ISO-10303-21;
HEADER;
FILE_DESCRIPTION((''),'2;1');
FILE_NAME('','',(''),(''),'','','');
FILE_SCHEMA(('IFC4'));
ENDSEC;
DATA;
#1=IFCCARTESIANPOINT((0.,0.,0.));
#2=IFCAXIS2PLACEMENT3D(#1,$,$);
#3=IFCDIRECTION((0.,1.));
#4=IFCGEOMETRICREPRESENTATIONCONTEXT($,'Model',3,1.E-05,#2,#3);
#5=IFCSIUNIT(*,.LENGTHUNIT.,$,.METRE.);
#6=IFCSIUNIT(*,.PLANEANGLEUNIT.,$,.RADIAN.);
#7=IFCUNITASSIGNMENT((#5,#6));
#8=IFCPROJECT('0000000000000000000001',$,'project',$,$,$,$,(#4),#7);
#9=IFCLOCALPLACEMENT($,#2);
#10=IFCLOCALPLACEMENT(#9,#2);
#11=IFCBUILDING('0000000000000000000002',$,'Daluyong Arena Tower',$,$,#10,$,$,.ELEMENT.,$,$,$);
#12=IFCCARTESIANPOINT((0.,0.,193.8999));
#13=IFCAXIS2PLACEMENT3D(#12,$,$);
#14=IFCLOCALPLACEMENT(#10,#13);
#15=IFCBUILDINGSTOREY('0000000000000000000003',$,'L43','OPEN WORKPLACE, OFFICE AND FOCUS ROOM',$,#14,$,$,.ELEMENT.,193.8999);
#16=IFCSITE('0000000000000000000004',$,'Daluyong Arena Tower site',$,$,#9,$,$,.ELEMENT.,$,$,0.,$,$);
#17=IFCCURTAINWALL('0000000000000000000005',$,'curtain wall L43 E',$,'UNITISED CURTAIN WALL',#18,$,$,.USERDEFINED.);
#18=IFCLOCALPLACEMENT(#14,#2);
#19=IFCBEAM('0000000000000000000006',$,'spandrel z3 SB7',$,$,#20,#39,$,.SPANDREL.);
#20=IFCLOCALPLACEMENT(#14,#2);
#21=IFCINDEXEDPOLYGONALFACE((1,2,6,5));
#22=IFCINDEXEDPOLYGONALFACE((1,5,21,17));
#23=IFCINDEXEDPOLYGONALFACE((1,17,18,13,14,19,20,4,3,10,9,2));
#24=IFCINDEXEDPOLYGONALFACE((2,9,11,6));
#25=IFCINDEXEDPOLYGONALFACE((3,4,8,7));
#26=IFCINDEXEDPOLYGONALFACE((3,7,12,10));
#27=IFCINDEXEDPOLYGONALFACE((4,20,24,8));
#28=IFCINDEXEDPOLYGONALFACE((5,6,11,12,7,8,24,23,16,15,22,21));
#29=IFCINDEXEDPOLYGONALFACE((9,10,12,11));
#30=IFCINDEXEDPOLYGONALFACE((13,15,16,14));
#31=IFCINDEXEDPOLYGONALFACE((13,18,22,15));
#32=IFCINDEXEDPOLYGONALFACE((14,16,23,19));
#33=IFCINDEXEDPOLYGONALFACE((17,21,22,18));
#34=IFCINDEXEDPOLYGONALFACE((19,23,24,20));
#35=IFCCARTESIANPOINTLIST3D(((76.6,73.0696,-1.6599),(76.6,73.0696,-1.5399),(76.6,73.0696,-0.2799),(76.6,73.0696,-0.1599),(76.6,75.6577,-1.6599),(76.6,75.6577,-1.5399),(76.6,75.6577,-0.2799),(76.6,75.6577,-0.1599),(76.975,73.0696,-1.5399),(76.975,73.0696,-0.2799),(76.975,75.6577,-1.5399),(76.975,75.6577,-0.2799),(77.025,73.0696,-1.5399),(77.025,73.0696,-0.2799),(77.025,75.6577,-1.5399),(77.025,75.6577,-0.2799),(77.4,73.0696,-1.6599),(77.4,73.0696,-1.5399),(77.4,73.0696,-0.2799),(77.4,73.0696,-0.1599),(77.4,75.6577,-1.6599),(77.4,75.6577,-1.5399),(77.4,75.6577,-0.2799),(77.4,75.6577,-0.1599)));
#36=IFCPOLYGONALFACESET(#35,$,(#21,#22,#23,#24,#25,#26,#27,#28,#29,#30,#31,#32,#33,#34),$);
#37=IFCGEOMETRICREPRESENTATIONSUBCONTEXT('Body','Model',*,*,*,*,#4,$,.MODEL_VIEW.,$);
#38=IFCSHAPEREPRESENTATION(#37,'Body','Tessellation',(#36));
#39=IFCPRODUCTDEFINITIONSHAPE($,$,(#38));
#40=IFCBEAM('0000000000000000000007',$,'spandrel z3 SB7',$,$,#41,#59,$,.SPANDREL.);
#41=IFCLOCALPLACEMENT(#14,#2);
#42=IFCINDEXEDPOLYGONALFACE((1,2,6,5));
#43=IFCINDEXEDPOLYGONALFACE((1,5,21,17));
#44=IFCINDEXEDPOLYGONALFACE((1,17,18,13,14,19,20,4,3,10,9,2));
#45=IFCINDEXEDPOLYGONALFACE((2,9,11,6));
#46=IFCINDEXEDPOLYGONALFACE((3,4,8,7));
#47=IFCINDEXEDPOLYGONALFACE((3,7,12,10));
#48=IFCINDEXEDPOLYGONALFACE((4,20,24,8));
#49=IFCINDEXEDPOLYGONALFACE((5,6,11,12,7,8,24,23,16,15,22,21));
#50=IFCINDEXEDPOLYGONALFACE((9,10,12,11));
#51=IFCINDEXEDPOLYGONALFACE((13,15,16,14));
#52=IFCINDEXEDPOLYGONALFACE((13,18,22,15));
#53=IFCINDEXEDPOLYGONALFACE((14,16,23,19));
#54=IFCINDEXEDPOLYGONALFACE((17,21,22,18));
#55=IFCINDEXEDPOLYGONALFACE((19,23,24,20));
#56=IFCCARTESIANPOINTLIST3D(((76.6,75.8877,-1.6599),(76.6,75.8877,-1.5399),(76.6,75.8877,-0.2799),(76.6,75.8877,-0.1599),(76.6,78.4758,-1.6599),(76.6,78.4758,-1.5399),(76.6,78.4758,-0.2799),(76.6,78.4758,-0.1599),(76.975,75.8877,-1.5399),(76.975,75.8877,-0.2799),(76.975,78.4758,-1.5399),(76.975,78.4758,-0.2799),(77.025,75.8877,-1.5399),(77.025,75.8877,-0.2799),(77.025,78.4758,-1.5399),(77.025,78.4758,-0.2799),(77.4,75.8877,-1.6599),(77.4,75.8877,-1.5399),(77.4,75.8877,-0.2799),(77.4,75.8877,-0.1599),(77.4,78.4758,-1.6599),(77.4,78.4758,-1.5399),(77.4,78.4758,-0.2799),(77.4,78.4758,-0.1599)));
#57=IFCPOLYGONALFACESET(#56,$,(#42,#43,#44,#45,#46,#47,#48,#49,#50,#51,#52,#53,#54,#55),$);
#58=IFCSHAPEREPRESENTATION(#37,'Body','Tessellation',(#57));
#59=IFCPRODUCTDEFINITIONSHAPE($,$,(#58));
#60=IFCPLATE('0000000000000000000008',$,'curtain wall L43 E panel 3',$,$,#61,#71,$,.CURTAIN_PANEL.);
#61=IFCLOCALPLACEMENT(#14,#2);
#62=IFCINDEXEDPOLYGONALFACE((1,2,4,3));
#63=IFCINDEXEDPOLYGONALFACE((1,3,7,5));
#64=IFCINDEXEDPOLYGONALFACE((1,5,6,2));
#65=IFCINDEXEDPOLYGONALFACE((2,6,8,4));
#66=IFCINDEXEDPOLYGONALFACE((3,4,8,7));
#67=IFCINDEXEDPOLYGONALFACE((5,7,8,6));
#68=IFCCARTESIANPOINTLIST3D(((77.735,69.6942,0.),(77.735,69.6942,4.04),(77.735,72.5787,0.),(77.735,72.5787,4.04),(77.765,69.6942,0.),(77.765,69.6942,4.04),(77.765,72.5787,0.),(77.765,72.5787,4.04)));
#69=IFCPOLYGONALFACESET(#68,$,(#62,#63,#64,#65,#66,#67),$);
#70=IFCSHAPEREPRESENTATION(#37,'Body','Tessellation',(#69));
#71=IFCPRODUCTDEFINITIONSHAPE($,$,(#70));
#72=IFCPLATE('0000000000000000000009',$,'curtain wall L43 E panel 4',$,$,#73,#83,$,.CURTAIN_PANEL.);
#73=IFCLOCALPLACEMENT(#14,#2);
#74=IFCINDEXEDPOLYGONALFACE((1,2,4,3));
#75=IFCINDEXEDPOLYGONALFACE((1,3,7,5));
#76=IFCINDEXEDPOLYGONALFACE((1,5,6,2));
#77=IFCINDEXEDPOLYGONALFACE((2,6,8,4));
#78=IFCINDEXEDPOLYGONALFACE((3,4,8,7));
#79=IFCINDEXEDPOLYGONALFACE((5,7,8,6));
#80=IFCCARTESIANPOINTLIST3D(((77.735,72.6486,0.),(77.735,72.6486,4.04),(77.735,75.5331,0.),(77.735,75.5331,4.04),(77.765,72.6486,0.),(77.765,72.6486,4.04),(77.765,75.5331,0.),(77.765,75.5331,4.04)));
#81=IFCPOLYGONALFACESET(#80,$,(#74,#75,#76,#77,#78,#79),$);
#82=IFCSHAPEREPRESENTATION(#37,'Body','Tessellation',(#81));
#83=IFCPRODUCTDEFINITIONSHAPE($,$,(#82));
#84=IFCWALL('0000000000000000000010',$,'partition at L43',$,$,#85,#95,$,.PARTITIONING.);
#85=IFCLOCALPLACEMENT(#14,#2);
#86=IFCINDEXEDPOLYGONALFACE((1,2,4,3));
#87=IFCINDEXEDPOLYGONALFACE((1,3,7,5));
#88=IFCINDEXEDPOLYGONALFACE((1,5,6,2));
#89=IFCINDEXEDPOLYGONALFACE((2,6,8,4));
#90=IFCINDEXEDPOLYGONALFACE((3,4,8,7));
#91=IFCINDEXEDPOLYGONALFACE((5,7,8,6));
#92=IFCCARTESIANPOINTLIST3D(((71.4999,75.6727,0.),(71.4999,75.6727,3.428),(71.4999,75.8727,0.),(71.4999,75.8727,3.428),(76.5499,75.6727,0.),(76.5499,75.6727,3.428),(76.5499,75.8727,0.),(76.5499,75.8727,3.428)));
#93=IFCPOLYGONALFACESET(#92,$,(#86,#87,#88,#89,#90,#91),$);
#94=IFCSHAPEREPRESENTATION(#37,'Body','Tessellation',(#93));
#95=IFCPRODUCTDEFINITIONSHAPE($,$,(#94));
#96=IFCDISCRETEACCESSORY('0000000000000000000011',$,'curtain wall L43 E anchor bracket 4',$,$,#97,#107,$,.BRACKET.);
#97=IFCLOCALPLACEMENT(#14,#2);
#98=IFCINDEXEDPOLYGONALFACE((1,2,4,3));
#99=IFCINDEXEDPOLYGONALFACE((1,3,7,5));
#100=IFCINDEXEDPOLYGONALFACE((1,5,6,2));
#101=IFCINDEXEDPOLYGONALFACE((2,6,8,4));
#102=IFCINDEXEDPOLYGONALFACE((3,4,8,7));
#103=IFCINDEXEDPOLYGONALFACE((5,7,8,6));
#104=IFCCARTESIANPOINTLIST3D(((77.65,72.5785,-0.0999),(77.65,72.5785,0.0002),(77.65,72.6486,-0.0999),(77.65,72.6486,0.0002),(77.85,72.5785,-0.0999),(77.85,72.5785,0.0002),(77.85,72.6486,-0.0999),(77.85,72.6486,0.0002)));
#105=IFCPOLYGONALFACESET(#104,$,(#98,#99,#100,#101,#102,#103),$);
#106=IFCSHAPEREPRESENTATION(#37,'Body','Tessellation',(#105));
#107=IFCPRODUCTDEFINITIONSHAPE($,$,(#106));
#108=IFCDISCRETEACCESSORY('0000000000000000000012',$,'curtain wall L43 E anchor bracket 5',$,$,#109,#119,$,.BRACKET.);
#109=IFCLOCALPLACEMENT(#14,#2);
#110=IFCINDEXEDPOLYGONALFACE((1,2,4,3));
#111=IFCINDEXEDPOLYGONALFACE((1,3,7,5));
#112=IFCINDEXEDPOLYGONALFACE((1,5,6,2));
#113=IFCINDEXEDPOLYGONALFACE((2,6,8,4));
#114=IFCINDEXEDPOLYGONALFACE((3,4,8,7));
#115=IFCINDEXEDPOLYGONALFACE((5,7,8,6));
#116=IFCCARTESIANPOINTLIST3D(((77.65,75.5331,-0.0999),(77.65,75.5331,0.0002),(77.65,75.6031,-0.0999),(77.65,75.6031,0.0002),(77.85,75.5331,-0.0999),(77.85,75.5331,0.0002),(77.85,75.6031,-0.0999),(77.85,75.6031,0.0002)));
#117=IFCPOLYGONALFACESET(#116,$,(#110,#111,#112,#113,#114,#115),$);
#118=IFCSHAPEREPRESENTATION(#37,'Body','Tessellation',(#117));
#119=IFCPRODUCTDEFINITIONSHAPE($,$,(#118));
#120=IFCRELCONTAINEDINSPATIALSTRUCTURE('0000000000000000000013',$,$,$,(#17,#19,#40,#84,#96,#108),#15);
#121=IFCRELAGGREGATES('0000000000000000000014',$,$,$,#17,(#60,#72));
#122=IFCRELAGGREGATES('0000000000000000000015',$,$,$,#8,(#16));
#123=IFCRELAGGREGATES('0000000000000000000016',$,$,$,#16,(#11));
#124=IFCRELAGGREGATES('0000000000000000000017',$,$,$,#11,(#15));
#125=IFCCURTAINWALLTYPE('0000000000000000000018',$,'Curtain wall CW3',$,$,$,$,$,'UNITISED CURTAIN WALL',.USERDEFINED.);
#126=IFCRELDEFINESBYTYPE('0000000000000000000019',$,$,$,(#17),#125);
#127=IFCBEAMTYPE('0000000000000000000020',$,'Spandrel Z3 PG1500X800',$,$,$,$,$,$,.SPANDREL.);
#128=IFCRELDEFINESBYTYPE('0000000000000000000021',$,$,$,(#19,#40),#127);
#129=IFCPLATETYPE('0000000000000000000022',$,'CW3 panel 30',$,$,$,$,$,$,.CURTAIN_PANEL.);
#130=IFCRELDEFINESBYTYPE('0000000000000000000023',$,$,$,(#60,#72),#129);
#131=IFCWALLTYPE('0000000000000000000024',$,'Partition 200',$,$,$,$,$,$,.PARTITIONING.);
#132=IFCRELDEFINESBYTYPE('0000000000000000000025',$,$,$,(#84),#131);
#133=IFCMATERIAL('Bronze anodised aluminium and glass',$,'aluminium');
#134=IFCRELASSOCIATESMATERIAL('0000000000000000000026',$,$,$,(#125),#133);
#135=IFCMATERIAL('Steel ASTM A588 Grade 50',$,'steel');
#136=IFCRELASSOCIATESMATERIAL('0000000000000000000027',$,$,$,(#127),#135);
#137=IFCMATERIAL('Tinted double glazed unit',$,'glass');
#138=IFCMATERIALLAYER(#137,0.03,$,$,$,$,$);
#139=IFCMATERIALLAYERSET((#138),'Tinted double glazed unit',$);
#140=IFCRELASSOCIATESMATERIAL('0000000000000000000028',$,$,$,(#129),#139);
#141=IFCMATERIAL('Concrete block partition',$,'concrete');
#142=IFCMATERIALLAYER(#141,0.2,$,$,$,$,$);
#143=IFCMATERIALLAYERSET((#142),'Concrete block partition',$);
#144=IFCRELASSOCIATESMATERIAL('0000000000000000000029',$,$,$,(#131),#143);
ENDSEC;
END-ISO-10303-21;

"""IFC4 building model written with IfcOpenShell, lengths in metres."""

from ifc_helpers import new_model, si_unit, direction, frame, frame_2d, origin, origin_2d, place, context, subcontext, project, spatial, rectangle, i_section, extrude, material, layer, layer_set, material_profile, profile_set, type_object, element, aggregate, save


model = new_model("IFC4")

# Units and contexts
model_context = context("Model", 3, precision=1e-05, world=origin(), true_north=direction((0.0, 1.0)))
body_context = subcontext(model_context, "Body", "Model", "MODEL_VIEW")
ifc_project = project(units=[si_unit("LENGTHUNIT", "METRE"), si_unit("PLANEANGLEUNIT", "RADIAN")], contexts=[model_context])

# Site, building, storey
site_placement = place(None, origin())
site = spatial("IfcSite", under=ifc_project, at=site_placement, Name="Daluyong Arena Tower site", CompositionType="ELEMENT", RefElevation=0.0)
building_placement = place(site_placement, origin())
building = spatial("IfcBuilding", under=site, at=building_placement, Name="Daluyong Arena Tower", CompositionType="ELEMENT")
storey_placement = place(building_placement, frame((0.0, 0.0, 193.8999)))
storey = spatial("IfcBuildingStorey", under=building, at=storey_placement, Name="L43", Description="OPEN WORKPLACE, OFFICE AND FOCUS ROOM", CompositionType="ELEMENT", Elevation=193.8999)

# Curtain wall
ifc_material_1 = material(Name="Bronze anodised aluminium and glass", Category="aluminium")
curtain_wall_type = type_object("IfcCurtainWallType", Name="Curtain wall CW3", ElementType="UNITISED CURTAIN WALL", PredefinedType="USERDEFINED", material=ifc_material_1)
curtain_wall_placement = place(storey_placement, origin())
curtain_wall = element("IfcCurtainWall", 1, at=curtain_wall_placement, inside=storey, type_object=curtain_wall_type, Name="curtain wall L43 E", ObjectType="UNITISED CURTAIN WALL", PredefinedType="USERDEFINED")

# Beams
ifc_material_2 = material(Name="Steel ASTM A588 Grade 50", Category="steel")
ifc_material_profile_1 = material_profile(ifc_material_2, i_section(OverallWidth=0.8, OverallDepth=1.5, WebThickness=0.05, FlangeThickness=0.12, at=origin_2d()))
ifc_profile_set_1 = profile_set([ifc_material_profile_1], Name="Steel ASTM A588 Grade 50")
beam_type_1 = type_object("IfcBeamType", Name="Spandrel Z3 PG1500X800", PredefinedType="SPANDREL", material=ifc_profile_set_1)
for number, where, z_axis, x_axis, name in (
    (2, (77.0, 73.0696, -0.9099), (0.0, 1.0, 0.0), (-1.0, 0.0, 0.0), "spandrel z3 SB7"),
    (3, (77.0, 75.8877, -0.9099), (0.0, 1.0, 0.0), (-1.0, 0.0, 0.0), "spandrel z3 SB7"),
):
    element("IfcBeam", number, at=place(storey_placement, frame(where, z_axis=z_axis, x_axis=x_axis)), inside=storey, type_object=beam_type_1, Name=name, PredefinedType="SPANDREL", context=body_context, shape_type="SweptSolid", body=[
        extrude(i_section(OverallWidth=0.8, OverallDepth=1.5, WebThickness=0.05, FlangeThickness=0.12, at=origin_2d()), origin(), (0.0, 0.0, 1.0), 2.5881),
    ])

# Plates
ifc_material_3 = material(Name="Tinted double glazed unit", Category="glass")
ifc_layer_1 = layer(ifc_material_3, 0.03)
ifc_layer_set_1 = layer_set([ifc_layer_1], Name="Tinted double glazed unit")
plate_type = type_object("IfcPlateType", Name="CW3 panel 30", PredefinedType="CURTAIN_PANEL", material=ifc_layer_set_1)
plate_1_placement = place(storey_placement, frame((77.75, 71.1365, 0.0), z_axis=(0.0, 0.0, 1.0), x_axis=(0.0, 1.0, 0.0)))
plate_1 = element("IfcPlate", 4, at=plate_1_placement, type_object=plate_type, Name="curtain wall L43 E panel 3", PredefinedType="CURTAIN_PANEL", context=body_context, shape_type="SweptSolid", body=[
    extrude(rectangle(XDim=2.8845, YDim=0.03, at=origin_2d()), origin(), (0.0, 0.0, 1.0), 4.04),
])
plate_2_placement = place(storey_placement, frame((77.75, 74.0908, 0.0), z_axis=(0.0, 0.0, 1.0), x_axis=(0.0, 1.0, 0.0)))
plate_2 = element("IfcPlate", 5, at=plate_2_placement, type_object=plate_type, Name="curtain wall L43 E panel 4", PredefinedType="CURTAIN_PANEL", context=body_context, shape_type="SweptSolid", body=[
    extrude(rectangle(XDim=2.8845, YDim=0.03, at=origin_2d()), origin(), (0.0, 0.0, 1.0), 4.04),
])
aggregate(curtain_wall, [plate_1, plate_2])

# Wall
ifc_material_4 = material(Name="Concrete block partition", Category="concrete")
ifc_layer_2 = layer(ifc_material_4, 0.2)
ifc_layer_set_2 = layer_set([ifc_layer_2], Name="Concrete block partition")
wall_type = type_object("IfcWallType", Name="Partition 200", PredefinedType="PARTITIONING", material=ifc_layer_set_2)
wall_placement = place(storey_placement, frame((71.5, 75.7727, 0.0), z_axis=(0.0, 0.0, 1.0), x_axis=(1.0, 0.0, 0.0)))
element("IfcWall", 6, at=wall_placement, inside=storey, type_object=wall_type, Name="partition at L43", PredefinedType="PARTITIONING", context=body_context, shape_type="SweptSolid", body=[
    extrude(rectangle(XDim=5.05, YDim=0.2, at=frame_2d((2.5249, 0.0))), origin(), (0.0, 0.0, 1.0), 3.428),
])

# Discrete accessories
for number, where, z_axis, x_axis, name in (
    (7, (77.75, 72.6135, -0.0999), (0.0, 0.0, 1.0), (0.0, 1.0, 0.0), "curtain wall L43 E anchor bracket 4"),
    (8, (77.75, 75.5681, -0.0999), (0.0, 0.0, 1.0), (0.0, 1.0, 0.0), "curtain wall L43 E anchor bracket 5"),
):
    element("IfcDiscreteAccessory", number, at=place(storey_placement, frame(where, z_axis=z_axis, x_axis=x_axis)), inside=storey, Name=name, PredefinedType="BRACKET", context=body_context, shape_type="SweptSolid", body=[
        extrude(rectangle(XDim=0.0701, YDim=0.2, at=origin_2d()), origin(), (0.0, 0.0, 1.0), 0.1001),
    ])

save(model, "model.ifc")
